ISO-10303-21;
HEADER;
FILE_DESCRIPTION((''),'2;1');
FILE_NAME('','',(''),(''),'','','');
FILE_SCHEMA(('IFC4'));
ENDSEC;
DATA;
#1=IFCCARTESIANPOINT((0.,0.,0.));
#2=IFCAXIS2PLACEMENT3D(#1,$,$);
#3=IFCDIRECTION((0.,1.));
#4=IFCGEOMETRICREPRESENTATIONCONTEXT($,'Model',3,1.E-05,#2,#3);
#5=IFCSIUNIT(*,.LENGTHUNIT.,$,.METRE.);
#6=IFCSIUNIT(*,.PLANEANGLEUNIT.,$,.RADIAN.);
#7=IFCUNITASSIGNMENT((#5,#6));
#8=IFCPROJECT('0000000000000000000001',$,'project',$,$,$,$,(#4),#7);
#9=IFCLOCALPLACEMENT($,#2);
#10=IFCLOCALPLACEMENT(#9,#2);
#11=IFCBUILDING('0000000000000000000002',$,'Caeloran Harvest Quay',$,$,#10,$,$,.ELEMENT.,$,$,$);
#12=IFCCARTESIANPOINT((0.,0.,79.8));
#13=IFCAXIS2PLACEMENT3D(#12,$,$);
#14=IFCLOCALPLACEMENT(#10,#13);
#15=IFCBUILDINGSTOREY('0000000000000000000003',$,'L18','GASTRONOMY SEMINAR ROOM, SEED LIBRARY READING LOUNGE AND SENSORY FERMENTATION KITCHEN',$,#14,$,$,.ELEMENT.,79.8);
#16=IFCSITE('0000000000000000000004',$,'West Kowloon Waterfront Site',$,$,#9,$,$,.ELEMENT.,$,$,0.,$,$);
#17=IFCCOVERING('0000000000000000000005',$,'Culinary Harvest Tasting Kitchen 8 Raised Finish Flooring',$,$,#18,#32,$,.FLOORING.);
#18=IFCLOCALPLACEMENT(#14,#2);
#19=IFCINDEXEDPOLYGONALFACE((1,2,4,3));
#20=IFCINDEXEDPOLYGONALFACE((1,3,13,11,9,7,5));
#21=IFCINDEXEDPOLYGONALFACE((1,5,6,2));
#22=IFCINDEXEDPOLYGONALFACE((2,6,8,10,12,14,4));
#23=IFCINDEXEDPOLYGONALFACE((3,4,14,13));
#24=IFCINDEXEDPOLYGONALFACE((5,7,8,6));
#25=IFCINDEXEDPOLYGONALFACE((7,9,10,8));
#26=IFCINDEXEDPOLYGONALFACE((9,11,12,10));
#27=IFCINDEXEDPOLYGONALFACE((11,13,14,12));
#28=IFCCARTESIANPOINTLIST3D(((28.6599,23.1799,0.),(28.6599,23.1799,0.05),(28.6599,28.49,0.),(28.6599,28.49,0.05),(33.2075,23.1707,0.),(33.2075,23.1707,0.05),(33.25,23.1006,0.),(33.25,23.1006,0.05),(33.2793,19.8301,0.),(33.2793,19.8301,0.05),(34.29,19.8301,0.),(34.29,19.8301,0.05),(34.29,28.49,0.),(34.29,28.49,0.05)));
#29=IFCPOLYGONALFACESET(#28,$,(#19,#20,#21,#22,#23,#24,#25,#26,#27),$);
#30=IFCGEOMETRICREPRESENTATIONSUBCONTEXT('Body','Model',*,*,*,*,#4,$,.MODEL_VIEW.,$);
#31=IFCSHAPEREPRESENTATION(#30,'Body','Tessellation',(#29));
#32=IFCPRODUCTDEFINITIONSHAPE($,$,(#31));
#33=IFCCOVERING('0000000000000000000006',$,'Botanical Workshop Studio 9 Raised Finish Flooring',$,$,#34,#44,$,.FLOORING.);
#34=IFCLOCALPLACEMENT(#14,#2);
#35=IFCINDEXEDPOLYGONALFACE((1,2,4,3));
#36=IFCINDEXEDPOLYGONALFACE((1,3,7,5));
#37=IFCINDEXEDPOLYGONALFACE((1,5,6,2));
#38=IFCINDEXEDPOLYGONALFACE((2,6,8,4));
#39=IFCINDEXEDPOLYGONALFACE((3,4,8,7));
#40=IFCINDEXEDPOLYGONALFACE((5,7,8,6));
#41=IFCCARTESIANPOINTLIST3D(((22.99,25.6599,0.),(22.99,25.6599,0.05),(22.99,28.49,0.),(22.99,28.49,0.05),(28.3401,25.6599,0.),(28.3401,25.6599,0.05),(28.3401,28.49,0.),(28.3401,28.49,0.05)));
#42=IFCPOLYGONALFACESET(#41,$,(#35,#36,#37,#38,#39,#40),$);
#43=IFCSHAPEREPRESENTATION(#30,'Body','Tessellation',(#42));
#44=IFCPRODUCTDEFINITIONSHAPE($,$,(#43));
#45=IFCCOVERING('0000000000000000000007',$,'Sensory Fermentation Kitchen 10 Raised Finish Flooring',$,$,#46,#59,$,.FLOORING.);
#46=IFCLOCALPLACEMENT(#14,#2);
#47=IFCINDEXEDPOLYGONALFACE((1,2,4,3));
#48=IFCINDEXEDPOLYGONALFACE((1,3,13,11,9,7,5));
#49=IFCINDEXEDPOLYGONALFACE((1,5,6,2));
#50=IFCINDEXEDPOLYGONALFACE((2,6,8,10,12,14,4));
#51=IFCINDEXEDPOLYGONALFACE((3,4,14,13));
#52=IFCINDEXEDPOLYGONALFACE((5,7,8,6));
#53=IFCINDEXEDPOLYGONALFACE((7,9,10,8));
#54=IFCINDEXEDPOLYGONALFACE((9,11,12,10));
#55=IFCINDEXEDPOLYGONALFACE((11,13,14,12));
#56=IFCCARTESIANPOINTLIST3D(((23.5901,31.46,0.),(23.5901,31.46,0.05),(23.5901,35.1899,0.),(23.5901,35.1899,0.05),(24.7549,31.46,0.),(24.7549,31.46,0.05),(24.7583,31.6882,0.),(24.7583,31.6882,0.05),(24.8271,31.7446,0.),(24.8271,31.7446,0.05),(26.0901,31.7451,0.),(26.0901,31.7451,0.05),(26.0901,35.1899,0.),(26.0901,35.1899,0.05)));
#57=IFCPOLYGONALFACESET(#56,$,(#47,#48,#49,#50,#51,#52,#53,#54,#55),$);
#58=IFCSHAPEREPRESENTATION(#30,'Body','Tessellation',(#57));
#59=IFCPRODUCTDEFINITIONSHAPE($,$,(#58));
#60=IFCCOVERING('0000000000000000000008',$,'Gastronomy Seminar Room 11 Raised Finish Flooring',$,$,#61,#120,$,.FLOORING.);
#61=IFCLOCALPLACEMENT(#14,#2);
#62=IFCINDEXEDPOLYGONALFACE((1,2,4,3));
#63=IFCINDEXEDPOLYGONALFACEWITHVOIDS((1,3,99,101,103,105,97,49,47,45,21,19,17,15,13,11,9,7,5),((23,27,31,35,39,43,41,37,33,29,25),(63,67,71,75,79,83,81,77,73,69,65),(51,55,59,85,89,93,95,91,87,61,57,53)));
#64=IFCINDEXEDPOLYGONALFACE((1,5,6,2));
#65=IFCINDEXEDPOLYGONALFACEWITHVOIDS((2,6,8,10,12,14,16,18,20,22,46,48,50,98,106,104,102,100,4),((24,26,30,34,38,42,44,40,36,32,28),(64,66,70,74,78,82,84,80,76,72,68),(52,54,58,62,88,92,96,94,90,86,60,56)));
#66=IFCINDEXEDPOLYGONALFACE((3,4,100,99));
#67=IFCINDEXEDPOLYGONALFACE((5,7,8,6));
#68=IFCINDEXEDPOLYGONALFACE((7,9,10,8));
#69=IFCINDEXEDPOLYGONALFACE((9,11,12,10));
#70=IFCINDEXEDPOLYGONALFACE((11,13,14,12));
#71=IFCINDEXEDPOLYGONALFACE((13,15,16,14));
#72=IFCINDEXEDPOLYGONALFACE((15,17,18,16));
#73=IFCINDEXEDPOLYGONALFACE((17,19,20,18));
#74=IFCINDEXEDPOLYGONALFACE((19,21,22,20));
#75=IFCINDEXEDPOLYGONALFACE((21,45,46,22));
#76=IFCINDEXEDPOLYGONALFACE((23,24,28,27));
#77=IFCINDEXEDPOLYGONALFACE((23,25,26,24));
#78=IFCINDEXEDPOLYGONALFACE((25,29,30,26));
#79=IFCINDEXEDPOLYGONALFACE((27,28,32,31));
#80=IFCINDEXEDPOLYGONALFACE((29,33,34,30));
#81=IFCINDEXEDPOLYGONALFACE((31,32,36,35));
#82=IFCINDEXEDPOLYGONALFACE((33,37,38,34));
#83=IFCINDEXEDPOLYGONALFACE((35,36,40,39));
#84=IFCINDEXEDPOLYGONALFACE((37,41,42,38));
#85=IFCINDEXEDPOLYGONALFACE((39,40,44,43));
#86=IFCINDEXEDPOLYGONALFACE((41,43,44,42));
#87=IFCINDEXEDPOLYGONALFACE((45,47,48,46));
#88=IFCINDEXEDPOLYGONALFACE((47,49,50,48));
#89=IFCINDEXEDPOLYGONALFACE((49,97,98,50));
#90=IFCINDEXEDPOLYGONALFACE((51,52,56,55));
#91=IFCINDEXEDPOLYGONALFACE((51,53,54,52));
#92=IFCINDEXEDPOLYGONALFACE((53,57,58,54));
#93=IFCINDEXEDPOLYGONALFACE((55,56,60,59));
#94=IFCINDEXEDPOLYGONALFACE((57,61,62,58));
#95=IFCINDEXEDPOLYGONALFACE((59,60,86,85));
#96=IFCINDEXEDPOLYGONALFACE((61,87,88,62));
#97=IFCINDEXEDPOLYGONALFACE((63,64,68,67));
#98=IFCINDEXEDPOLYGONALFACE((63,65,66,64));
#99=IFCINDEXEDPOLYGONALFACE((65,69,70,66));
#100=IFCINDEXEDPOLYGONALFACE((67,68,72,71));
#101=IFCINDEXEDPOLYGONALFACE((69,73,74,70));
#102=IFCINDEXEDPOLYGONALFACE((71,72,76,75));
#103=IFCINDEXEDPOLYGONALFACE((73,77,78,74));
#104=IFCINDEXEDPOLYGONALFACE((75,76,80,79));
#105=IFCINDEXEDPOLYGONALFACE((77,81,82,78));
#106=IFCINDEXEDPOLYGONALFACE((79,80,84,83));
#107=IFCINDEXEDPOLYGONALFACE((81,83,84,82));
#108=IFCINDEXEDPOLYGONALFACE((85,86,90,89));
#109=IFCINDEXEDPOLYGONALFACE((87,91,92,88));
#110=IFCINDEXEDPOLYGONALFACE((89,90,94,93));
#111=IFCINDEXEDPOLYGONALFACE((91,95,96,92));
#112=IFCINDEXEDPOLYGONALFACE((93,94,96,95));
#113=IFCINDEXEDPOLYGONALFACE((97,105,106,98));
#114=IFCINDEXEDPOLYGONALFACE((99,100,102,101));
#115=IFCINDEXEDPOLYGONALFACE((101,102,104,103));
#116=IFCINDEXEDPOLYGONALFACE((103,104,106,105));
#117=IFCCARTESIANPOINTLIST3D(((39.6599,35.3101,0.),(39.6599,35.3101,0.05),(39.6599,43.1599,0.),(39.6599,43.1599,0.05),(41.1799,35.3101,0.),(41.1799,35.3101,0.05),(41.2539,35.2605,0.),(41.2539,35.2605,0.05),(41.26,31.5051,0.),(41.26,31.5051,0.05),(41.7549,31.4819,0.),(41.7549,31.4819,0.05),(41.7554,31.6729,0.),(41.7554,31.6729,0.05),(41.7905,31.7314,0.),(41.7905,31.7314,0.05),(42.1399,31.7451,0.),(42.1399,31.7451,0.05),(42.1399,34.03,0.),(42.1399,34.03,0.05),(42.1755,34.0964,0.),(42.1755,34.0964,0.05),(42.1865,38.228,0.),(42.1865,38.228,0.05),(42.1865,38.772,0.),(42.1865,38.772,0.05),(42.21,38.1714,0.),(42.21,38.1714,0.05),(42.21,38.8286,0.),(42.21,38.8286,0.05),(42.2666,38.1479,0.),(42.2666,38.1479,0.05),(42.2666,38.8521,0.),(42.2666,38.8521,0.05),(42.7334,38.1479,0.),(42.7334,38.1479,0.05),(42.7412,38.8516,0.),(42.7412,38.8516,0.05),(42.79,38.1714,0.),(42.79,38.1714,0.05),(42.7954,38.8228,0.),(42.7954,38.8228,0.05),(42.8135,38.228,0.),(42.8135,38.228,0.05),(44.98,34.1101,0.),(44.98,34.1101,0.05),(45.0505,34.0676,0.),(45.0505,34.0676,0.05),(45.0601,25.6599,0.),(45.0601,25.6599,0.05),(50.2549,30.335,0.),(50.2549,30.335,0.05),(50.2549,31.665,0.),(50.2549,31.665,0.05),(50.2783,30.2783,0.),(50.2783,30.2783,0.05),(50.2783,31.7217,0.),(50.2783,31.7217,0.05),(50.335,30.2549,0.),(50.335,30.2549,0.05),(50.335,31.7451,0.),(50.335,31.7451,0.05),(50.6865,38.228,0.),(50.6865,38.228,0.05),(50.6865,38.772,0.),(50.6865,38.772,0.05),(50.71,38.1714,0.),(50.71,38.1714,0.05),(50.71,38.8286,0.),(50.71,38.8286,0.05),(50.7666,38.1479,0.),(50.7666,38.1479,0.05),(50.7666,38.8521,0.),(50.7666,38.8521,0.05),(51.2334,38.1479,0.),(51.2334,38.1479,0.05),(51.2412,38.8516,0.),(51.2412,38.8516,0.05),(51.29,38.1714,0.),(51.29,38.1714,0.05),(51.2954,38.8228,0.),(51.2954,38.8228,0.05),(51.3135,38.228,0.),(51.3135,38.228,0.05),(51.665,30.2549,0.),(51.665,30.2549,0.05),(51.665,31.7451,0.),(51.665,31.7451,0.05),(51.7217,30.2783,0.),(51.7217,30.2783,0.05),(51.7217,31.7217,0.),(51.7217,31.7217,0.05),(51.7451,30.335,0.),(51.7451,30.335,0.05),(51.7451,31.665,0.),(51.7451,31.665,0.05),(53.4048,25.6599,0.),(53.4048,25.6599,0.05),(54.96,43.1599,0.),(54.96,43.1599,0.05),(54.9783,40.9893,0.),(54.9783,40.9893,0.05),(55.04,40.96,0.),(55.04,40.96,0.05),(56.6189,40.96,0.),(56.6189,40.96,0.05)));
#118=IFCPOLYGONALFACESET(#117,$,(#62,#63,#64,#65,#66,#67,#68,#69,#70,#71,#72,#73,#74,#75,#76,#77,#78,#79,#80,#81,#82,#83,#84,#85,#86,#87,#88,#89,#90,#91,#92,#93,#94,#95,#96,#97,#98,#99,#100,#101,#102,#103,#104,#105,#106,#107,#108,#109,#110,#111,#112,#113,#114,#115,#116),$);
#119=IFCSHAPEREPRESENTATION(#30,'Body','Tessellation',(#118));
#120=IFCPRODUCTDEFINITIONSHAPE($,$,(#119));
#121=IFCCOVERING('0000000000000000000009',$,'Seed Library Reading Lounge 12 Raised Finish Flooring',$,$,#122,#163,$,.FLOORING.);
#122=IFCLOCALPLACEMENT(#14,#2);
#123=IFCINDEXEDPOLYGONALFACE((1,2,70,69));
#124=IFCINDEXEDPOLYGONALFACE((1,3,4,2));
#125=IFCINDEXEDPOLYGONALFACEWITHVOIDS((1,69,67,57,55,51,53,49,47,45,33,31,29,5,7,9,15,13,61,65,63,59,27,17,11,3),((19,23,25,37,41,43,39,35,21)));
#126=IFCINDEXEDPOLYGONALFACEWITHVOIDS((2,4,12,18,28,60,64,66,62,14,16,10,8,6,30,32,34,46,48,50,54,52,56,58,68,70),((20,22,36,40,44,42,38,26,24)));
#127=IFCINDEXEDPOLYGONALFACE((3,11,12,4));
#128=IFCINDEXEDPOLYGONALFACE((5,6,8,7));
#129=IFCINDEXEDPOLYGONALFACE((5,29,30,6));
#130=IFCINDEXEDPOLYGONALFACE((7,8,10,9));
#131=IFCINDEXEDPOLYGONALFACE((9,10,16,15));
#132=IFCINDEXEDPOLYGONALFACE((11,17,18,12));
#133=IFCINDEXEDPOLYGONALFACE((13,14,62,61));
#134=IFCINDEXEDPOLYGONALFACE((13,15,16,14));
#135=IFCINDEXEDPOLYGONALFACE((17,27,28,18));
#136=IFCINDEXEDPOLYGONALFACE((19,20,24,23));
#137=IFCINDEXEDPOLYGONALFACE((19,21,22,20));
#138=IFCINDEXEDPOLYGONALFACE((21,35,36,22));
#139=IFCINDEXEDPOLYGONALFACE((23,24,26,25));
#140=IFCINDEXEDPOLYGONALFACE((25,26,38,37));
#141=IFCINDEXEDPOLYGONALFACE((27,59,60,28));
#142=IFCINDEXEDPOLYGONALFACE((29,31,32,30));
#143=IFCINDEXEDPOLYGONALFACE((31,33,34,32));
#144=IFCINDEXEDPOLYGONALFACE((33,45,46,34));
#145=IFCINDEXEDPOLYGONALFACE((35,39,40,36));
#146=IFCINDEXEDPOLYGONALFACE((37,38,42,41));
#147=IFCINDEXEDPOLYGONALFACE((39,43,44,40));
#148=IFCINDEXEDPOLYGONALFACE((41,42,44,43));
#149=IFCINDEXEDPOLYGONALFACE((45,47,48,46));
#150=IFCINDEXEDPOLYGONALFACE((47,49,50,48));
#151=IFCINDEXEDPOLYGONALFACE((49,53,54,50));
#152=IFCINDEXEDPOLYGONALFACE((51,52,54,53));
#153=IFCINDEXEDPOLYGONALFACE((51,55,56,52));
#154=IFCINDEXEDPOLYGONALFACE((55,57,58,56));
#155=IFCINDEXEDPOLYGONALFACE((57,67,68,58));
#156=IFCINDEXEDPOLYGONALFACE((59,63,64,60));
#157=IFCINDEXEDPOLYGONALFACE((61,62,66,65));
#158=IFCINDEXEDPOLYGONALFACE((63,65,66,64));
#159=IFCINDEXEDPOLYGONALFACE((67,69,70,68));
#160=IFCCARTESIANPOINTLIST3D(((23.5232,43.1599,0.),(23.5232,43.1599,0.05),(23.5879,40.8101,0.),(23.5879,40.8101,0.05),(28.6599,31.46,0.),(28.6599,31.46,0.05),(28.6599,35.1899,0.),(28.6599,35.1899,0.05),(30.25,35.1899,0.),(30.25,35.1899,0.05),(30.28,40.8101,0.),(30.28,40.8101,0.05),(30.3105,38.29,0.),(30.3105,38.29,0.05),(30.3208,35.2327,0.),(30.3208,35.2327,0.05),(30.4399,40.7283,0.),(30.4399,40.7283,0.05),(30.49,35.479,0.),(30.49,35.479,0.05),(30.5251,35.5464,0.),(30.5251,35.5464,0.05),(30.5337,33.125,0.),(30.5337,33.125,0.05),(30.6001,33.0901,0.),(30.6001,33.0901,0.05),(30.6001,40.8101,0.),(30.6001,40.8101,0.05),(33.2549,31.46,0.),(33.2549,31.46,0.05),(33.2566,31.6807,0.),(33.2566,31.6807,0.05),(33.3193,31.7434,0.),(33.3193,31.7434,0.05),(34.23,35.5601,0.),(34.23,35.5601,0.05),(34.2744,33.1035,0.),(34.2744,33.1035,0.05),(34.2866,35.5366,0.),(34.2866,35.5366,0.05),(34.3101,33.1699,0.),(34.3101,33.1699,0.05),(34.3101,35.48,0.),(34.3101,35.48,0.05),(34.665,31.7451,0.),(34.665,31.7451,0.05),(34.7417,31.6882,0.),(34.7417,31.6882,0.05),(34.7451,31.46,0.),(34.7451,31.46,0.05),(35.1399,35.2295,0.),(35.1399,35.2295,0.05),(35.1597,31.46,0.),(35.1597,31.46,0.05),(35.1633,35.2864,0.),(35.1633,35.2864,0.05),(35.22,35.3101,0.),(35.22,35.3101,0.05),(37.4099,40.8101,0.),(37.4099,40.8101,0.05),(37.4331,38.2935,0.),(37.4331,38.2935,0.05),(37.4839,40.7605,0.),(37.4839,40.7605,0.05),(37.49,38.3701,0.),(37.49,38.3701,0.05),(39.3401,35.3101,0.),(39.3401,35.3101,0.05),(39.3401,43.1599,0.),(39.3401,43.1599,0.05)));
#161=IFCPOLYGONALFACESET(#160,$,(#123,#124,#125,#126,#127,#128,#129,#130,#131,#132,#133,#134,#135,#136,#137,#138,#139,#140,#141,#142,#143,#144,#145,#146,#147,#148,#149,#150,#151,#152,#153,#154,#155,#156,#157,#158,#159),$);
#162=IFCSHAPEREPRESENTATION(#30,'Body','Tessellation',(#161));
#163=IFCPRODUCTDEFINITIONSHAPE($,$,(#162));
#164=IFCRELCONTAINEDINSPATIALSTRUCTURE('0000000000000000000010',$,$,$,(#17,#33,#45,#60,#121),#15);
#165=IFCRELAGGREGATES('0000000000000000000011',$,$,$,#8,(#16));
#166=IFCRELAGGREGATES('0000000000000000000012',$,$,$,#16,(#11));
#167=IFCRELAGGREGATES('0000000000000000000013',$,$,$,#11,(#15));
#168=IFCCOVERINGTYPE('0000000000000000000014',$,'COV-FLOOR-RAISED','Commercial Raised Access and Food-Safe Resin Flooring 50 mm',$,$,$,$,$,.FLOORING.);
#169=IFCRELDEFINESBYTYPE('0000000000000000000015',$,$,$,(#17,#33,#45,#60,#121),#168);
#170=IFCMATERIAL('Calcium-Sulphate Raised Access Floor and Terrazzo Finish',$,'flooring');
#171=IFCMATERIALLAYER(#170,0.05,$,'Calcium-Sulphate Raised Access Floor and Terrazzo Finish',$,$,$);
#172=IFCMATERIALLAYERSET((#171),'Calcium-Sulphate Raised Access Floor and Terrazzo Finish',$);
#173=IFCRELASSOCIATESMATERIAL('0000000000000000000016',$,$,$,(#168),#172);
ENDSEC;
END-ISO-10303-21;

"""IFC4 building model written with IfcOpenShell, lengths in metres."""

from ifc_helpers import new_model, si_unit, direction, frame, origin, place, context, subcontext, project, spatial, polyline, outline, extrude, material, layer, layer_set, type_object, element, save


model = new_model("IFC4")

# Units and contexts
model_context = context("Model", 3, precision=1e-05, world=origin(), true_north=direction((0.0, 1.0)))
body_context = subcontext(model_context, "Body", "Model", "MODEL_VIEW")
ifc_project = project(units=[si_unit("LENGTHUNIT", "METRE"), si_unit("PLANEANGLEUNIT", "RADIAN")], contexts=[model_context])

# Site, building, storey
site_placement = place(None, origin())
site = spatial("IfcSite", under=ifc_project, at=site_placement, Name="West Kowloon Waterfront Site", CompositionType="ELEMENT", RefElevation=0.0)
building_placement = place(site_placement, origin())
building = spatial("IfcBuilding", under=site, at=building_placement, Name="Caeloran Harvest Quay", CompositionType="ELEMENT")
storey_placement = place(building_placement, frame((0.0, 0.0, 79.8)))
storey = spatial("IfcBuildingStorey", under=building, at=storey_placement, Name="L18", Description="GASTRONOMY SEMINAR ROOM, SEED LIBRARY READING LOUNGE AND SENSORY FERMENTATION KITCHEN", CompositionType="ELEMENT", Elevation=79.8)

# Coverings
ifc_material_1 = material(Name="Calcium-Sulphate Raised Access Floor and Terrazzo Finish", Category="flooring")
ifc_layer_1 = layer(ifc_material_1, 0.05, Name="Calcium-Sulphate Raised Access Floor and Terrazzo Finish")
ifc_layer_set_1 = layer_set([ifc_layer_1], Name="Calcium-Sulphate Raised Access Floor and Terrazzo Finish")
covering_type_1 = type_object("IfcCoveringType", Name="COV-FLOOR-RAISED", Description="Commercial Raised Access and Food-Safe Resin Flooring 50 mm", PredefinedType="FLOORING", material=ifc_layer_set_1)
covering_1_placement = place(storey_placement, origin())
element("IfcCovering", 1, at=covering_1_placement, inside=storey, type_object=covering_type_1, Name="Culinary Harvest Tasting Kitchen 8 Raised Finish Flooring", PredefinedType="FLOORING", context=body_context, shape_type="SweptSolid", body=[
    extrude(outline(polyline([(28.6599, 28.49), (34.29, 28.49), (34.29, 19.8301), (33.2793, 19.8301), (33.25, 23.1006), (33.2075, 23.1707), (28.6599, 23.1799), (28.6599, 28.49)])), origin(), (0.0, 0.0, 1.0), 0.05),
])
covering_2_placement = place(storey_placement, origin())
element("IfcCovering", 2, at=covering_2_placement, inside=storey, type_object=covering_type_1, Name="Botanical Workshop Studio 9 Raised Finish Flooring", PredefinedType="FLOORING", context=body_context, shape_type="SweptSolid", body=[
    extrude(outline(polyline([(22.99, 28.49), (28.3401, 28.49), (28.3401, 25.6599), (22.99, 25.6599), (22.99, 28.49)])), origin(), (0.0, 0.0, 1.0), 0.05),
])
covering_3_placement = place(storey_placement, origin())
element("IfcCovering", 3, at=covering_3_placement, inside=storey, type_object=covering_type_1, Name="Sensory Fermentation Kitchen 10 Raised Finish Flooring", PredefinedType="FLOORING", context=body_context, shape_type="SweptSolid", body=[
    extrude(outline(polyline([(23.5901, 35.1899), (26.0901, 35.1899), (26.0901, 31.7451), (24.8271, 31.7446), (24.7583, 31.6882), (24.7549, 31.46), (23.5901, 31.46), (23.5901, 35.1899)])), origin(), (0.0, 0.0, 1.0), 0.05),
])
covering_4_placement = place(storey_placement, origin())
element("IfcCovering", 4, at=covering_4_placement, inside=storey, type_object=covering_type_1, Name="Gastronomy Seminar Room 11 Raised Finish Flooring", PredefinedType="FLOORING", context=body_context, shape_type="SweptSolid", body=[
    extrude(outline(polyline([(39.6599, 35.3101), (39.6599, 43.1599), (54.96, 43.1599), (54.9783, 40.9893), (55.04, 40.96), (56.6189, 40.96), (53.4048, 25.6599), (45.0601, 25.6599), (45.0505, 34.0676), (44.98, 34.1101), (42.1755, 34.0964), (42.1399, 34.03), (42.1399, 31.7451), (41.7905, 31.7314), (41.7554, 31.6729), (41.7549, 31.4819), (41.26, 31.5051), (41.2539, 35.2605), (41.1799, 35.3101), (39.6599, 35.3101)]), holes=[polyline([(51.7451, 31.665), (51.7217, 31.7217), (51.665, 31.7451), (50.335, 31.7451), (50.2783, 31.7217), (50.2549, 31.665), (50.2549, 30.335), (50.2783, 30.2783), (50.335, 30.2549), (51.665, 30.2549), (51.7217, 30.2783), (51.7451, 30.335), (51.7451, 31.665)]), polyline([(51.3135, 38.228), (51.2954, 38.8228), (51.2412, 38.8516), (50.7666, 38.8521), (50.71, 38.8286), (50.6865, 38.772), (50.6865, 38.228), (50.71, 38.1714), (50.7666, 38.1479), (51.2334, 38.1479), (51.29, 38.1714), (51.3135, 38.228)]), polyline([(42.8135, 38.228), (42.7954, 38.8228), (42.7412, 38.8516), (42.2666, 38.8521), (42.21, 38.8286), (42.1865, 38.772), (42.1865, 38.228), (42.21, 38.1714), (42.2666, 38.1479), (42.7334, 38.1479), (42.79, 38.1714), (42.8135, 38.228)])]), origin(), (0.0, 0.0, 1.0), 0.05),
])
covering_5_placement = place(storey_placement, origin())
element("IfcCovering", 5, at=covering_5_placement, inside=storey, type_object=covering_type_1, Name="Seed Library Reading Lounge 12 Raised Finish Flooring", PredefinedType="FLOORING", context=body_context, shape_type="SweptSolid", body=[
    extrude(outline(polyline([(39.3401, 35.3101), (35.22, 35.3101), (35.1633, 35.2864), (35.1399, 35.2295), (35.1597, 31.46), (34.7451, 31.46), (34.7417, 31.6882), (34.665, 31.7451), (33.3193, 31.7434), (33.2566, 31.6807), (33.2549, 31.46), (28.6599, 31.46), (28.6599, 35.1899), (30.25, 35.1899), (30.3208, 35.2327), (30.3105, 38.29), (37.4331, 38.2935), (37.49, 38.3701), (37.4839, 40.7605), (37.4099, 40.8101), (30.6001, 40.8101), (30.4399, 40.7283), (30.28, 40.8101), (23.5879, 40.8101), (23.5232, 43.1599), (39.3401, 43.1599), (39.3401, 35.3101)]), holes=[polyline([(34.3101, 35.48), (34.2866, 35.5366), (34.23, 35.5601), (30.5251, 35.5464), (30.49, 35.479), (30.5337, 33.125), (30.6001, 33.0901), (34.2744, 33.1035), (34.3101, 33.1699), (34.3101, 35.48)])]), origin(), (0.0, 0.0, 1.0), 0.05),
])

save(model, "model.ifc")
